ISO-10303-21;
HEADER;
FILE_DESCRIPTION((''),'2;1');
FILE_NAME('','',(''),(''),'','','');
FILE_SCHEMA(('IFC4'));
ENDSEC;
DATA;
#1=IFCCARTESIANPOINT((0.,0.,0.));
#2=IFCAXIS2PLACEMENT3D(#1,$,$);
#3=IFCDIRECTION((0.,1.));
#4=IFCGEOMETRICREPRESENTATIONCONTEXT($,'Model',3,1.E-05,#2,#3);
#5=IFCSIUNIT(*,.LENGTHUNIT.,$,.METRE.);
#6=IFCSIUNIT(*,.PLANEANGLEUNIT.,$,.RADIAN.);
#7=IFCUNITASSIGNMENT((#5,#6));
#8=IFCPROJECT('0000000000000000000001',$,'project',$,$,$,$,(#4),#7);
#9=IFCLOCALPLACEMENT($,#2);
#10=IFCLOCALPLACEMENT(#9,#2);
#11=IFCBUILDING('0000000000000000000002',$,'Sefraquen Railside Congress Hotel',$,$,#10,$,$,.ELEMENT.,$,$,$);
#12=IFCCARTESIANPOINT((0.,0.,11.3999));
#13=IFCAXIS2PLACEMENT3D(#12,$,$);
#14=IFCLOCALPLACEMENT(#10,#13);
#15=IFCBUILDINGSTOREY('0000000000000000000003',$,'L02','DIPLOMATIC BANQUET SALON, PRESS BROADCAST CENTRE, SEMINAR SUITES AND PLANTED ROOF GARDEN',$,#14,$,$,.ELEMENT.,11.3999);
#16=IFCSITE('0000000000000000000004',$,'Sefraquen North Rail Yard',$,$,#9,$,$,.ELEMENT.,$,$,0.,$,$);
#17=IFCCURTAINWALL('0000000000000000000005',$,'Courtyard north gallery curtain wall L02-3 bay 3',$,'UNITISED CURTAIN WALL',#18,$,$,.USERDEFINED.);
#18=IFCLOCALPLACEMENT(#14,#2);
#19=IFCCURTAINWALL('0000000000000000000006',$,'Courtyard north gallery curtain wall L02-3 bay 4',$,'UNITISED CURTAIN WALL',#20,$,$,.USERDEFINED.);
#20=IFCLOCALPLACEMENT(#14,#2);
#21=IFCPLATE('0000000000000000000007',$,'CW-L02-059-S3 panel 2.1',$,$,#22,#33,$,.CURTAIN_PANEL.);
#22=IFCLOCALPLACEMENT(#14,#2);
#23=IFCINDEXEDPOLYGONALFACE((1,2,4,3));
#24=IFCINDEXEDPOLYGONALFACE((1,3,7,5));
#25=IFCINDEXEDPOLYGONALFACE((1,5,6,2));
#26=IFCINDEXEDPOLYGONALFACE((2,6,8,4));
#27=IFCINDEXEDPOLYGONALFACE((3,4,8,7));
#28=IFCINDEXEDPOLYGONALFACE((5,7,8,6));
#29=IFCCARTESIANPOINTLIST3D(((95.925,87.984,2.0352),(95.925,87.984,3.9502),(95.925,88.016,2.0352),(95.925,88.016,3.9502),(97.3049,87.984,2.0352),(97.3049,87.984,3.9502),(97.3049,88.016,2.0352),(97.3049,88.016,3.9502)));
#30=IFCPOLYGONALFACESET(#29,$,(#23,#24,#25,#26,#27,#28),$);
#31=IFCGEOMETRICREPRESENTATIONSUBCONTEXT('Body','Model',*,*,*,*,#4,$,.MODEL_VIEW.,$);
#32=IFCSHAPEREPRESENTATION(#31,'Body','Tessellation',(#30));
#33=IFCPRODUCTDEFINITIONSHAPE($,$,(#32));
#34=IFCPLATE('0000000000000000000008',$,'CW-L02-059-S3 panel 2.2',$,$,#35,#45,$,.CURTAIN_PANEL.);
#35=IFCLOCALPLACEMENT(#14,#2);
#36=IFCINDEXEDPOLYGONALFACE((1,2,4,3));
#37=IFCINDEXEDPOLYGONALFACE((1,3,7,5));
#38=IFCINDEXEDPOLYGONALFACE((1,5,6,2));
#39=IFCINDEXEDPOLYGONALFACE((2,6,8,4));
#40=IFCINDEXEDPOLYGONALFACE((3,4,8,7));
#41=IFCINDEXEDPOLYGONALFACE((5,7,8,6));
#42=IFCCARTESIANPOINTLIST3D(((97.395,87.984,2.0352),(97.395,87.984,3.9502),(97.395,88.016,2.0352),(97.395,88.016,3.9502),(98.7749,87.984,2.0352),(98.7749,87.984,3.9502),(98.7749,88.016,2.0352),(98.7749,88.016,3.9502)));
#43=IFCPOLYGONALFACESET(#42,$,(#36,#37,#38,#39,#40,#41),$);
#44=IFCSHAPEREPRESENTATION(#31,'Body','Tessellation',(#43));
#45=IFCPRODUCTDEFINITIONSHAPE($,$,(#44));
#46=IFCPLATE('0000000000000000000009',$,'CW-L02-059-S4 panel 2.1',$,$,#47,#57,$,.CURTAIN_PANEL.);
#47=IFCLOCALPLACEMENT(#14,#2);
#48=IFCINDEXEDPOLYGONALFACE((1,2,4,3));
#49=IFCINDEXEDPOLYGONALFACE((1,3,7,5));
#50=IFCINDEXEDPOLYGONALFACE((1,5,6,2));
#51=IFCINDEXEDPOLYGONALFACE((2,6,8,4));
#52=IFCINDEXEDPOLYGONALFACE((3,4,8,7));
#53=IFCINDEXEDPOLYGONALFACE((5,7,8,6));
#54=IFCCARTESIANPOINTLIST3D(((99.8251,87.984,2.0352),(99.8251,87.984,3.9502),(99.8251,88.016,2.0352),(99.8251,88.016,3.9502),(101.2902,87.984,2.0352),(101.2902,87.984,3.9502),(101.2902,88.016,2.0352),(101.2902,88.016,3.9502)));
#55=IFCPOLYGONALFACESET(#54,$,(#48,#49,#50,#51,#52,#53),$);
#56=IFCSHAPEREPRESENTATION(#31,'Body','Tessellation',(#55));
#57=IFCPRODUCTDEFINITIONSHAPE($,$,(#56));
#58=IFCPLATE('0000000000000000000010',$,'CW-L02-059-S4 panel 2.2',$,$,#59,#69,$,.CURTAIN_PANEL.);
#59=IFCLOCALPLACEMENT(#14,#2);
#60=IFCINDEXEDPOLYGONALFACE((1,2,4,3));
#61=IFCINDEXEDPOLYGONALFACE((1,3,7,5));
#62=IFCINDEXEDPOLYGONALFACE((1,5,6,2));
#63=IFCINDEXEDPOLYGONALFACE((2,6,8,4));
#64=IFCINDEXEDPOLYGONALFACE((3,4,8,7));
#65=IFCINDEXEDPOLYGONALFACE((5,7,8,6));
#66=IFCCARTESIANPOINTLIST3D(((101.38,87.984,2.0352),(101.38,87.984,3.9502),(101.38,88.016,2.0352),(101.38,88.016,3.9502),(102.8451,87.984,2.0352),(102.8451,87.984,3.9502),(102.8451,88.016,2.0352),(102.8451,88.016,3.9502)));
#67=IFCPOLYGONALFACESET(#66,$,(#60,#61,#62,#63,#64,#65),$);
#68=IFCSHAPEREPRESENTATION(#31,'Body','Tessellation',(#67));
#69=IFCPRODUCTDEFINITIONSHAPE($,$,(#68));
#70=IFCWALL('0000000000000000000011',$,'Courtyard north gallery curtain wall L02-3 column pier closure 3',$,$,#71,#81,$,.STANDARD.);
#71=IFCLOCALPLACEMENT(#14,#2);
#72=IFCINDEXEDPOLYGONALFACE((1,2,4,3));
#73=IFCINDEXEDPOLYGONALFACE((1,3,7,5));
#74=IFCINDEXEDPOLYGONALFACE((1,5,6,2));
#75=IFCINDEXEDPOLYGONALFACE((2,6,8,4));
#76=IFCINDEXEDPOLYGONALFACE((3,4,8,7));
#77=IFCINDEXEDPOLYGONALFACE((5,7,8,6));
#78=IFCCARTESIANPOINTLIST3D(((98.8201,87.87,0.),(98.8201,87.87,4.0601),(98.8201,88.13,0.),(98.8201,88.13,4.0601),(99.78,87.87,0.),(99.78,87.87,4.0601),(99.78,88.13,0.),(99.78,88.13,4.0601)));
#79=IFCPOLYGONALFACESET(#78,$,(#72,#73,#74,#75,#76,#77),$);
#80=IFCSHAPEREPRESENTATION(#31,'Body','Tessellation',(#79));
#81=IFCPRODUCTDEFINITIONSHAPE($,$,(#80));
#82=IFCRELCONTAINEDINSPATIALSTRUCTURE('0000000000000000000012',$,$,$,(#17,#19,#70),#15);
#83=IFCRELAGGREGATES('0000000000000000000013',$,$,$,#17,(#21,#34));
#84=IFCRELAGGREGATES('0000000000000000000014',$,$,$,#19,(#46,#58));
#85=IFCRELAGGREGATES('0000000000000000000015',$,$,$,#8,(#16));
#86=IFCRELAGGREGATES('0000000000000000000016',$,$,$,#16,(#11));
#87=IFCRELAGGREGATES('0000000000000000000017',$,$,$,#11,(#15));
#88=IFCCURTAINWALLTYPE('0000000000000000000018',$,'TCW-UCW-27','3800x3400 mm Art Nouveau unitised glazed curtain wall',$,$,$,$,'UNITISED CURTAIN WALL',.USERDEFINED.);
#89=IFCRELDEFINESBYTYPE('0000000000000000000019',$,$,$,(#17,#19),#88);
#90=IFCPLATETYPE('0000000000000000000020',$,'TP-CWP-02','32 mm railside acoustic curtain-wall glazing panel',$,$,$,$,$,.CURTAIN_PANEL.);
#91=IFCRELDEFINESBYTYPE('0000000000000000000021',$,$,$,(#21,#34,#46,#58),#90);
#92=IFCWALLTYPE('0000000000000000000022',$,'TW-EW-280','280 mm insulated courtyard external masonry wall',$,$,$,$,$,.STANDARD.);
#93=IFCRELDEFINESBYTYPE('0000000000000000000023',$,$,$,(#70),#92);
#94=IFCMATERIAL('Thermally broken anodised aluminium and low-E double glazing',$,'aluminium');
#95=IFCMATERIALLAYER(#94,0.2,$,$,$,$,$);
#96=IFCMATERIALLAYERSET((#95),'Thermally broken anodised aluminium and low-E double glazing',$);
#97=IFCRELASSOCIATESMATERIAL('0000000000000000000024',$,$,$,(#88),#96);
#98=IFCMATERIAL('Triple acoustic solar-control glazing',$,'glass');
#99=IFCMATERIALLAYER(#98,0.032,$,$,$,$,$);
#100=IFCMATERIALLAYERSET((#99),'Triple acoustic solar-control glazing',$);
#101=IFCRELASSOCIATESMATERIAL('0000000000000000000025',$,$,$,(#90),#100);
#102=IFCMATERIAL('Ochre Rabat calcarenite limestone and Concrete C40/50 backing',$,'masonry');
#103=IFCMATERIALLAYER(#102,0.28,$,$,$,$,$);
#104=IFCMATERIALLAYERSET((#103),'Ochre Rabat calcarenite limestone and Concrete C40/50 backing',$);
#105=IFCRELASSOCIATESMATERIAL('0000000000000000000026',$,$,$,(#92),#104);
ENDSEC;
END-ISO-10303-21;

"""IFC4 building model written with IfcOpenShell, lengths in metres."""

from ifc_helpers import new_model, si_unit, direction, frame, frame_2d, origin, origin_2d, place, context, subcontext, project, spatial, rectangle, extrude, material, layer, layer_set, type_object, element, aggregate, save


model = new_model("IFC4")

# Units and contexts
model_context = context("Model", 3, precision=1e-05, world=origin(), true_north=direction((0.0, 1.0)))
body_context = subcontext(model_context, "Body", "Model", "MODEL_VIEW")
ifc_project = project(units=[si_unit("LENGTHUNIT", "METRE"), si_unit("PLANEANGLEUNIT", "RADIAN")], contexts=[model_context])

# Site, building, storey
site_placement = place(None, origin())
site = spatial("IfcSite", under=ifc_project, at=site_placement, Name="Sefraquen North Rail Yard", CompositionType="ELEMENT", RefElevation=0.0)
building_placement = place(site_placement, origin())
building = spatial("IfcBuilding", under=site, at=building_placement, Name="Sefraquen Railside Congress Hotel", CompositionType="ELEMENT")
storey_placement = place(building_placement, frame((0.0, 0.0, 11.3999)))
storey = spatial("IfcBuildingStorey", under=building, at=storey_placement, Name="L02", Description="DIPLOMATIC BANQUET SALON, PRESS BROADCAST CENTRE, SEMINAR SUITES AND PLANTED ROOF GARDEN", CompositionType="ELEMENT", Elevation=11.3999)

# Curtain walls
ifc_material_1 = material(Name="Thermally broken anodised aluminium and low-E double glazing", Category="aluminium")
ifc_layer_1 = layer(ifc_material_1, 0.2)
ifc_layer_set_1 = layer_set([ifc_layer_1], Name="Thermally broken anodised aluminium and low-E double glazing")
curtain_wall_type = type_object("IfcCurtainWallType", Name="TCW-UCW-27", Description="3800x3400 mm Art Nouveau unitised glazed curtain wall", ElementType="UNITISED CURTAIN WALL", PredefinedType="USERDEFINED", material=ifc_layer_set_1)
curtain_wall_1_placement = place(storey_placement, origin())
curtain_wall_1 = element("IfcCurtainWall", 1, at=curtain_wall_1_placement, inside=storey, type_object=curtain_wall_type, Name="Courtyard north gallery curtain wall L02-3 bay 3", ObjectType="UNITISED CURTAIN WALL", PredefinedType="USERDEFINED")
curtain_wall_2_placement = place(storey_placement, origin())
curtain_wall_2 = element("IfcCurtainWall", 2, at=curtain_wall_2_placement, inside=storey, type_object=curtain_wall_type, Name="Courtyard north gallery curtain wall L02-3 bay 4", ObjectType="UNITISED CURTAIN WALL", PredefinedType="USERDEFINED")

# Plates
ifc_material_2 = material(Name="Triple acoustic solar-control glazing", Category="glass")
ifc_layer_2 = layer(ifc_material_2, 0.032)
ifc_layer_set_2 = layer_set([ifc_layer_2], Name="Triple acoustic solar-control glazing")
plate_type_1 = type_object("IfcPlateType", Name="TP-CWP-02", Description="32 mm railside acoustic curtain-wall glazing panel", PredefinedType="CURTAIN_PANEL", material=ifc_layer_set_2)
plate_1_placement = place(storey_placement, frame((96.615, 88.0, 2.0352), z_axis=(0.0, 0.0, 1.0), x_axis=(1.0, 0.0, 0.0)))
plate_1 = element("IfcPlate", 3, at=plate_1_placement, type_object=plate_type_1, Name="CW-L02-059-S3 panel 2.1", PredefinedType="CURTAIN_PANEL", context=body_context, shape_type="SweptSolid", body=[
    extrude(rectangle(XDim=1.3799, YDim=0.032, at=origin_2d()), origin(), (0.0, 0.0, 1.0), 1.915),
])
plate_2_placement = place(storey_placement, frame((98.085, 88.0, 2.0352), z_axis=(0.0, 0.0, 1.0), x_axis=(1.0, 0.0, 0.0)))
plate_2 = element("IfcPlate", 4, at=plate_2_placement, type_object=plate_type_1, Name="CW-L02-059-S3 panel 2.2", PredefinedType="CURTAIN_PANEL", context=body_context, shape_type="SweptSolid", body=[
    extrude(rectangle(XDim=1.3799, YDim=0.032, at=origin_2d()), origin(), (0.0, 0.0, 1.0), 1.915),
])
aggregate(curtain_wall_1, [plate_1, plate_2])
plate_3_placement = place(storey_placement, frame((100.5576, 88.0, 2.0352), z_axis=(0.0, 0.0, 1.0), x_axis=(1.0, 0.0, 0.0)))
plate_3 = element("IfcPlate", 5, at=plate_3_placement, type_object=plate_type_1, Name="CW-L02-059-S4 panel 2.1", PredefinedType="CURTAIN_PANEL", context=body_context, shape_type="SweptSolid", body=[
    extrude(rectangle(XDim=1.4651, YDim=0.032, at=origin_2d()), origin(), (0.0, 0.0, 1.0), 1.915),
])
plate_4_placement = place(storey_placement, frame((102.1125, 88.0, 2.0352), z_axis=(0.0, 0.0, 1.0), x_axis=(1.0, 0.0, 0.0)))
plate_4 = element("IfcPlate", 6, at=plate_4_placement, type_object=plate_type_1, Name="CW-L02-059-S4 panel 2.2", PredefinedType="CURTAIN_PANEL", context=body_context, shape_type="SweptSolid", body=[
    extrude(rectangle(XDim=1.4651, YDim=0.032, at=origin_2d()), origin(), (0.0, 0.0, 1.0), 1.915),
])
aggregate(curtain_wall_2, [plate_3, plate_4])

# Wall
ifc_material_3 = material(Name="Ochre Rabat calcarenite limestone and Concrete C40/50 backing", Category="masonry")
ifc_layer_3 = layer(ifc_material_3, 0.28)
ifc_layer_set_3 = layer_set([ifc_layer_3], Name="Ochre Rabat calcarenite limestone and Concrete C40/50 backing")
wall_type = type_object("IfcWallType", Name="TW-EW-280", Description="280 mm insulated courtyard external masonry wall", PredefinedType="STANDARD", material=ifc_layer_set_3)
wall_placement = place(storey_placement, frame((98.8201, 88.0, 0.0), z_axis=(0.0, 0.0, 1.0), x_axis=(1.0, 0.0, 0.0)))
element("IfcWall", 7, at=wall_placement, inside=storey, type_object=wall_type, Name="Courtyard north gallery curtain wall L02-3 column pier closure 3", PredefinedType="STANDARD", context=body_context, shape_type="SweptSolid", body=[
    extrude(rectangle(XDim=0.96, YDim=0.26, at=frame_2d((0.48, 0.0))), origin(), (0.0, 0.0, 1.0), 4.0601),
])

save(model, "model.ifc")
